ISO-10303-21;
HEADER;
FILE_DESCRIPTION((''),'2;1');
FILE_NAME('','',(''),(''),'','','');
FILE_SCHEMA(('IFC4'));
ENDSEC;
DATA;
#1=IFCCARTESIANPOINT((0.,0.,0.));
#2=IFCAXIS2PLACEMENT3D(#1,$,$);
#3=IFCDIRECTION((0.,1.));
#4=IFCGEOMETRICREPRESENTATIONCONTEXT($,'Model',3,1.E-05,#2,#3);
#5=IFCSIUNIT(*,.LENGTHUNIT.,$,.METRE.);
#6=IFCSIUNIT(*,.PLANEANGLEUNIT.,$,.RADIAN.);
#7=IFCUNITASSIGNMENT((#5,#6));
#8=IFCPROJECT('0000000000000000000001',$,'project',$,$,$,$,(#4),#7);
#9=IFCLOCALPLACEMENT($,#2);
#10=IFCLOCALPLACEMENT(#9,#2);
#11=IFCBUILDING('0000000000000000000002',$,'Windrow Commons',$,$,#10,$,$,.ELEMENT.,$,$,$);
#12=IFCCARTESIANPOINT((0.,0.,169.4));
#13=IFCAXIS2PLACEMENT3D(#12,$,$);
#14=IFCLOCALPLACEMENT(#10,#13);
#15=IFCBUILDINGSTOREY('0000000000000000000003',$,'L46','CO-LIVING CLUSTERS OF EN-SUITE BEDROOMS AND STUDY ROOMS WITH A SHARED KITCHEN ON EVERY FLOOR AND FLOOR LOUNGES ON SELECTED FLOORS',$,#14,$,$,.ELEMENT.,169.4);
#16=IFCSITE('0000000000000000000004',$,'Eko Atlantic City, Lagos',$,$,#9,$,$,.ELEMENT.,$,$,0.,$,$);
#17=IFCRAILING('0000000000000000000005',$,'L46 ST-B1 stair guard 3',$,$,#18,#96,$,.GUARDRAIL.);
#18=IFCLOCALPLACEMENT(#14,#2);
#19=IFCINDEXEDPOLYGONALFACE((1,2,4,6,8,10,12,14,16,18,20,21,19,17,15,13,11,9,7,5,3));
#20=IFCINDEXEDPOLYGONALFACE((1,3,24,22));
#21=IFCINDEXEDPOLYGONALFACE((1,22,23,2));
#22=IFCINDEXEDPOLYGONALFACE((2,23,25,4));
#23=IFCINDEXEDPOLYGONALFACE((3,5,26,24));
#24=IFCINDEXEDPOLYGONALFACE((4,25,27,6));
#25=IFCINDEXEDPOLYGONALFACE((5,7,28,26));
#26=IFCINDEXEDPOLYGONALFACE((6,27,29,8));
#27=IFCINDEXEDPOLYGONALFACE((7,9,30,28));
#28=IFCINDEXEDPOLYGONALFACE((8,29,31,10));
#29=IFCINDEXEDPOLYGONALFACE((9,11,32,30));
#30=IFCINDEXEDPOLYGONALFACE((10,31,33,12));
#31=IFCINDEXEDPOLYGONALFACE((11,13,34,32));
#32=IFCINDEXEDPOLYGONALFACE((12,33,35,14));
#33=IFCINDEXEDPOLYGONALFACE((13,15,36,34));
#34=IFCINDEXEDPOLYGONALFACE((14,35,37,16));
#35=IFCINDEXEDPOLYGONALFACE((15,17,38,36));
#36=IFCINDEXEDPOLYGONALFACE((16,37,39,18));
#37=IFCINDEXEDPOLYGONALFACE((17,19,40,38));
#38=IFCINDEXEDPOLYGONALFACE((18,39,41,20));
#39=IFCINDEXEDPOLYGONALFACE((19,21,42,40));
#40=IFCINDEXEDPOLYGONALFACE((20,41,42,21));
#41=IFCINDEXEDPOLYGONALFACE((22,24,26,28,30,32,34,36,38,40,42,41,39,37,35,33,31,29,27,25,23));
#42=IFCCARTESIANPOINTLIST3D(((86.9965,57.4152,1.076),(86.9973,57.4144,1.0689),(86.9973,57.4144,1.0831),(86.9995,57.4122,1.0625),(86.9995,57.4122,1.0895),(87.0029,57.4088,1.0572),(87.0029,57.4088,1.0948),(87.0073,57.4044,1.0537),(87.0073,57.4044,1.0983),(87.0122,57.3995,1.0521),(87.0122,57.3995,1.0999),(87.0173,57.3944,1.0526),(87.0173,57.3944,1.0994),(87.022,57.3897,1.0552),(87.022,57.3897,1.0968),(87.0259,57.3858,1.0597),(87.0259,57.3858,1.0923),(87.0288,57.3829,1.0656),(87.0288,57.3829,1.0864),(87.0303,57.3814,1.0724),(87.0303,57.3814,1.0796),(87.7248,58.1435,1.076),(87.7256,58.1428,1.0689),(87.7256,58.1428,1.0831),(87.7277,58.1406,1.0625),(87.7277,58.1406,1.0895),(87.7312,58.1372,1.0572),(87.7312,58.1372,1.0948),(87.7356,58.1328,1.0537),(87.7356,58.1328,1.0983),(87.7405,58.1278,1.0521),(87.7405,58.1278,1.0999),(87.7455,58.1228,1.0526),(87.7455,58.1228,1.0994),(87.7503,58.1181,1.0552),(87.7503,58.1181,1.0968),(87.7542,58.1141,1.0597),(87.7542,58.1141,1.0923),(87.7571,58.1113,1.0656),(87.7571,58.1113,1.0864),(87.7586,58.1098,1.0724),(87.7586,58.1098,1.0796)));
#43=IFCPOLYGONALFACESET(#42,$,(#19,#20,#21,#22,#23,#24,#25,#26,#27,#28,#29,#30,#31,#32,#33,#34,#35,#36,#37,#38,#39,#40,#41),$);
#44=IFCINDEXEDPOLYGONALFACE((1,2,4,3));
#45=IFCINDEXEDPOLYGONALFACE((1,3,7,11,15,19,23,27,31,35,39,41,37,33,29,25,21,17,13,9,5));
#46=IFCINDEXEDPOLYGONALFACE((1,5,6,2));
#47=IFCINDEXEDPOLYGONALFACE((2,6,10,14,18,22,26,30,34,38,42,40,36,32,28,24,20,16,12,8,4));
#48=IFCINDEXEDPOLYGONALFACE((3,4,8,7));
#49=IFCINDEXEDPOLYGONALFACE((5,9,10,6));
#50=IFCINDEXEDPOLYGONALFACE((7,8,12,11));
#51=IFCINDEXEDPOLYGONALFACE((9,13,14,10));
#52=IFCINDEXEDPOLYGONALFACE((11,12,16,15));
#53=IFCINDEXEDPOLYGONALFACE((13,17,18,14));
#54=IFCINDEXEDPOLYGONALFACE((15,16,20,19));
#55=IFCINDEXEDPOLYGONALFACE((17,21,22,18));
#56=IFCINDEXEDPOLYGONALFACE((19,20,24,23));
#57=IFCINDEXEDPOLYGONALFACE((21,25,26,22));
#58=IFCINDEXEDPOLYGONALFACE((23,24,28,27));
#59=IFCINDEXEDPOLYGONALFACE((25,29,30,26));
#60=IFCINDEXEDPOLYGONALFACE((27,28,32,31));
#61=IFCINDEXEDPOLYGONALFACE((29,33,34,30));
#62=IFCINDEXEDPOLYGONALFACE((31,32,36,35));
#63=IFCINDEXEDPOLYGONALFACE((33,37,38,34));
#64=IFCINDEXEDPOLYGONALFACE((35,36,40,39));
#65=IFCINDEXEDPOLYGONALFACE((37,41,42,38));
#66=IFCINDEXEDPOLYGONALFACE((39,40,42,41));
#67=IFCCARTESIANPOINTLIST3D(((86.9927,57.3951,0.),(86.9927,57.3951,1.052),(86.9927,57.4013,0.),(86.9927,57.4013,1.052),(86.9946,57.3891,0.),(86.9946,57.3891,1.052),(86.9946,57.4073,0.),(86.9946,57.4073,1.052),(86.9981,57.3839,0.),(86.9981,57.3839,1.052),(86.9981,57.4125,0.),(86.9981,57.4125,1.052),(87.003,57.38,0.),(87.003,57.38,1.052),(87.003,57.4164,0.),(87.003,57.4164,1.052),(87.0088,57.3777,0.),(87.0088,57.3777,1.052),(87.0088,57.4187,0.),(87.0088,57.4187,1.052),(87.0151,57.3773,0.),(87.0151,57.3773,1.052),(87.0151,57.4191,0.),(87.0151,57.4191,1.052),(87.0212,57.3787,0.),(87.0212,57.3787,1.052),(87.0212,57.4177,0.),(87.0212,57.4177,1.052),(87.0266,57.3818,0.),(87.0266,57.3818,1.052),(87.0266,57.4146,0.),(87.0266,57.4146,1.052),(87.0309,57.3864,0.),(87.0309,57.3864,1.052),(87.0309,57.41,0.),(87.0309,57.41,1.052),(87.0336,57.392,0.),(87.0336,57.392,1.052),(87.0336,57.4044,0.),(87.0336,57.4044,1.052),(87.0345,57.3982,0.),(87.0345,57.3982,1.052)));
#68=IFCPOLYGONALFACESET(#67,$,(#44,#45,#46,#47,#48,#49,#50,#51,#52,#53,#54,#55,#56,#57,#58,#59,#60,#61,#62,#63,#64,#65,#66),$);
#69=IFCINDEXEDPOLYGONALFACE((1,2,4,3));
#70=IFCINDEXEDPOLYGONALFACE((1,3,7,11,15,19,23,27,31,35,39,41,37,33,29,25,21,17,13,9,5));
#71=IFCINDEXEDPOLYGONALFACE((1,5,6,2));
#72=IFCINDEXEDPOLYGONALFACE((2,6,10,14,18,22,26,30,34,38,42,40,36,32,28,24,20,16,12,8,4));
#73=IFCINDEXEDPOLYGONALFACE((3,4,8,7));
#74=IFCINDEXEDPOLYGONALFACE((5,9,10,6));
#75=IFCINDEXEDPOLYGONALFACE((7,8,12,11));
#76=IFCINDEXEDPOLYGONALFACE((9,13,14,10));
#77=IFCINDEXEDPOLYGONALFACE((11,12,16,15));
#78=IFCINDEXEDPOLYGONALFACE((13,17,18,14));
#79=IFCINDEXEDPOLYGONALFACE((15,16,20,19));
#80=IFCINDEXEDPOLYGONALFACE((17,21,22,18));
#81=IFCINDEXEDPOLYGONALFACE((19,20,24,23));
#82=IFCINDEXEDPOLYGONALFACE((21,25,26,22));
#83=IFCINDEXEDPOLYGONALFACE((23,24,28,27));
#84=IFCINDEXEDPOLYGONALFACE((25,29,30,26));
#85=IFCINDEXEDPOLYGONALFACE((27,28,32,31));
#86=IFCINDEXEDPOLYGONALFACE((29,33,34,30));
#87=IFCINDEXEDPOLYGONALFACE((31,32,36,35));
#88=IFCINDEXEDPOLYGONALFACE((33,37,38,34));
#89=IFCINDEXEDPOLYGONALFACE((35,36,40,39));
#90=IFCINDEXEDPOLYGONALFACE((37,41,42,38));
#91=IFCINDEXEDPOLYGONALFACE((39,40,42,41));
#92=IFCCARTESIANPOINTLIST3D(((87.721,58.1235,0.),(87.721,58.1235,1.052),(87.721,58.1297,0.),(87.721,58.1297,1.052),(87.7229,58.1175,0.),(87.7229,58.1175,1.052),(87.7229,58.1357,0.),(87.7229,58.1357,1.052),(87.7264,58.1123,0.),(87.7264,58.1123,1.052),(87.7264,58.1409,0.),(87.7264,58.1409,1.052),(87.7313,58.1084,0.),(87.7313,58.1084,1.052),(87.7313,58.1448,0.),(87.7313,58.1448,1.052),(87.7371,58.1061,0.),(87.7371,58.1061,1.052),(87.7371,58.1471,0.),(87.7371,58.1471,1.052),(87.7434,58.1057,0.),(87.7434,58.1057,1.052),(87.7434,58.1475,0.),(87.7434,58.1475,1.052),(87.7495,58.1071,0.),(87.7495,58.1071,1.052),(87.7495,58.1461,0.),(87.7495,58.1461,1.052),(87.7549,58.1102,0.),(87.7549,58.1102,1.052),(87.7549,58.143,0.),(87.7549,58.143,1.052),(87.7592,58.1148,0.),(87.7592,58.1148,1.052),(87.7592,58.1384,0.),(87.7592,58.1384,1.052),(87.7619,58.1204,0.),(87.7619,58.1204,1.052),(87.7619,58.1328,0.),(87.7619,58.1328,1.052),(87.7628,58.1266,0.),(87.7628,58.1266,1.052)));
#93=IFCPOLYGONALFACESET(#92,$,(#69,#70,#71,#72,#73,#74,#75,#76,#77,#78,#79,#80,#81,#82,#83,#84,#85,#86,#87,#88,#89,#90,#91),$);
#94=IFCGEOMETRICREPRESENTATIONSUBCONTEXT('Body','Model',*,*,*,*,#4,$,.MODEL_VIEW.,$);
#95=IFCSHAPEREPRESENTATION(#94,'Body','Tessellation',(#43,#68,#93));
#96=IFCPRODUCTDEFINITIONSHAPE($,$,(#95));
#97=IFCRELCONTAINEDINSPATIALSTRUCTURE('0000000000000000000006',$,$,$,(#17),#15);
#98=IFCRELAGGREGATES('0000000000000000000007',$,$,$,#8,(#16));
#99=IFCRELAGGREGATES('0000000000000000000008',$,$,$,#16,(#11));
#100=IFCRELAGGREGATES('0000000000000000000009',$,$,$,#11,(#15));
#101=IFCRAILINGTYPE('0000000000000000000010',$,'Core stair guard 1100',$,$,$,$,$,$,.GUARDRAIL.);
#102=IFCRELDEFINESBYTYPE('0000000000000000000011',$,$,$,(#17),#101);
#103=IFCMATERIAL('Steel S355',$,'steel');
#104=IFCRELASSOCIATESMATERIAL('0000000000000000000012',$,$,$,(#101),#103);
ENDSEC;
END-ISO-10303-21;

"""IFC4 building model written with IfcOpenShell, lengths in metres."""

from ifc_helpers import new_model, si_unit, direction, frame, origin, origin_2d, place, context, subcontext, project, spatial, circle, extrude, material, type_object, element, save


model = new_model("IFC4")

# Units and contexts
model_context = context("Model", 3, precision=1e-05, world=origin(), true_north=direction((0.0, 1.0)))
body_context = subcontext(model_context, "Body", "Model", "MODEL_VIEW")
ifc_project = project(units=[si_unit("LENGTHUNIT", "METRE"), si_unit("PLANEANGLEUNIT", "RADIAN")], contexts=[model_context])

# Site, building, storey
site_placement = place(None, origin())
site = spatial("IfcSite", under=ifc_project, at=site_placement, Name="Eko Atlantic City, Lagos", CompositionType="ELEMENT", RefElevation=0.0)
building_placement = place(site_placement, origin())
building = spatial("IfcBuilding", under=site, at=building_placement, Name="Windrow Commons", CompositionType="ELEMENT")
storey_placement = place(building_placement, frame((0.0, 0.0, 169.4)))
storey = spatial("IfcBuildingStorey", under=building, at=storey_placement, Name="L46", Description="CO-LIVING CLUSTERS OF EN-SUITE BEDROOMS AND STUDY ROOMS WITH A SHARED KITCHEN ON EVERY FLOOR AND FLOOR LOUNGES ON SELECTED FLOORS", CompositionType="ELEMENT", Elevation=169.4)

# Railing
ifc_material_1 = material(Name="Steel S355", Category="steel")
railing_type = type_object("IfcRailingType", Name="Core stair guard 1100", PredefinedType="GUARDRAIL", material=ifc_material_1)
railing_1_placement = place(storey_placement, frame((87.0135, 57.3982, 0.0)))
element("IfcRailing", 1, at=railing_1_placement, inside=storey, type_object=railing_type, Name="L46 ST-B1 stair guard 3", PredefinedType="GUARDRAIL", context=body_context, shape_type="SweptSolid", body=[
    extrude(circle(Radius=0.024, at=origin_2d()), frame((0.0, 0.0, 1.076), z_axis=(0.707058, 0.707155, 0.0), x_axis=(-0.707155, 0.707058, 0.0)), (0.0, 0.0, 1.0), 1.03),
    extrude(circle(Radius=0.021, at=origin_2d()), origin(), (0.0, 0.0, 1.0), 1.052),
    extrude(circle(Radius=0.021, at=origin_2d()), frame((0.7283, 0.7284, 0.0)), (0.0, 0.0, 1.0), 1.052),
])

save(model, "model.ifc")
